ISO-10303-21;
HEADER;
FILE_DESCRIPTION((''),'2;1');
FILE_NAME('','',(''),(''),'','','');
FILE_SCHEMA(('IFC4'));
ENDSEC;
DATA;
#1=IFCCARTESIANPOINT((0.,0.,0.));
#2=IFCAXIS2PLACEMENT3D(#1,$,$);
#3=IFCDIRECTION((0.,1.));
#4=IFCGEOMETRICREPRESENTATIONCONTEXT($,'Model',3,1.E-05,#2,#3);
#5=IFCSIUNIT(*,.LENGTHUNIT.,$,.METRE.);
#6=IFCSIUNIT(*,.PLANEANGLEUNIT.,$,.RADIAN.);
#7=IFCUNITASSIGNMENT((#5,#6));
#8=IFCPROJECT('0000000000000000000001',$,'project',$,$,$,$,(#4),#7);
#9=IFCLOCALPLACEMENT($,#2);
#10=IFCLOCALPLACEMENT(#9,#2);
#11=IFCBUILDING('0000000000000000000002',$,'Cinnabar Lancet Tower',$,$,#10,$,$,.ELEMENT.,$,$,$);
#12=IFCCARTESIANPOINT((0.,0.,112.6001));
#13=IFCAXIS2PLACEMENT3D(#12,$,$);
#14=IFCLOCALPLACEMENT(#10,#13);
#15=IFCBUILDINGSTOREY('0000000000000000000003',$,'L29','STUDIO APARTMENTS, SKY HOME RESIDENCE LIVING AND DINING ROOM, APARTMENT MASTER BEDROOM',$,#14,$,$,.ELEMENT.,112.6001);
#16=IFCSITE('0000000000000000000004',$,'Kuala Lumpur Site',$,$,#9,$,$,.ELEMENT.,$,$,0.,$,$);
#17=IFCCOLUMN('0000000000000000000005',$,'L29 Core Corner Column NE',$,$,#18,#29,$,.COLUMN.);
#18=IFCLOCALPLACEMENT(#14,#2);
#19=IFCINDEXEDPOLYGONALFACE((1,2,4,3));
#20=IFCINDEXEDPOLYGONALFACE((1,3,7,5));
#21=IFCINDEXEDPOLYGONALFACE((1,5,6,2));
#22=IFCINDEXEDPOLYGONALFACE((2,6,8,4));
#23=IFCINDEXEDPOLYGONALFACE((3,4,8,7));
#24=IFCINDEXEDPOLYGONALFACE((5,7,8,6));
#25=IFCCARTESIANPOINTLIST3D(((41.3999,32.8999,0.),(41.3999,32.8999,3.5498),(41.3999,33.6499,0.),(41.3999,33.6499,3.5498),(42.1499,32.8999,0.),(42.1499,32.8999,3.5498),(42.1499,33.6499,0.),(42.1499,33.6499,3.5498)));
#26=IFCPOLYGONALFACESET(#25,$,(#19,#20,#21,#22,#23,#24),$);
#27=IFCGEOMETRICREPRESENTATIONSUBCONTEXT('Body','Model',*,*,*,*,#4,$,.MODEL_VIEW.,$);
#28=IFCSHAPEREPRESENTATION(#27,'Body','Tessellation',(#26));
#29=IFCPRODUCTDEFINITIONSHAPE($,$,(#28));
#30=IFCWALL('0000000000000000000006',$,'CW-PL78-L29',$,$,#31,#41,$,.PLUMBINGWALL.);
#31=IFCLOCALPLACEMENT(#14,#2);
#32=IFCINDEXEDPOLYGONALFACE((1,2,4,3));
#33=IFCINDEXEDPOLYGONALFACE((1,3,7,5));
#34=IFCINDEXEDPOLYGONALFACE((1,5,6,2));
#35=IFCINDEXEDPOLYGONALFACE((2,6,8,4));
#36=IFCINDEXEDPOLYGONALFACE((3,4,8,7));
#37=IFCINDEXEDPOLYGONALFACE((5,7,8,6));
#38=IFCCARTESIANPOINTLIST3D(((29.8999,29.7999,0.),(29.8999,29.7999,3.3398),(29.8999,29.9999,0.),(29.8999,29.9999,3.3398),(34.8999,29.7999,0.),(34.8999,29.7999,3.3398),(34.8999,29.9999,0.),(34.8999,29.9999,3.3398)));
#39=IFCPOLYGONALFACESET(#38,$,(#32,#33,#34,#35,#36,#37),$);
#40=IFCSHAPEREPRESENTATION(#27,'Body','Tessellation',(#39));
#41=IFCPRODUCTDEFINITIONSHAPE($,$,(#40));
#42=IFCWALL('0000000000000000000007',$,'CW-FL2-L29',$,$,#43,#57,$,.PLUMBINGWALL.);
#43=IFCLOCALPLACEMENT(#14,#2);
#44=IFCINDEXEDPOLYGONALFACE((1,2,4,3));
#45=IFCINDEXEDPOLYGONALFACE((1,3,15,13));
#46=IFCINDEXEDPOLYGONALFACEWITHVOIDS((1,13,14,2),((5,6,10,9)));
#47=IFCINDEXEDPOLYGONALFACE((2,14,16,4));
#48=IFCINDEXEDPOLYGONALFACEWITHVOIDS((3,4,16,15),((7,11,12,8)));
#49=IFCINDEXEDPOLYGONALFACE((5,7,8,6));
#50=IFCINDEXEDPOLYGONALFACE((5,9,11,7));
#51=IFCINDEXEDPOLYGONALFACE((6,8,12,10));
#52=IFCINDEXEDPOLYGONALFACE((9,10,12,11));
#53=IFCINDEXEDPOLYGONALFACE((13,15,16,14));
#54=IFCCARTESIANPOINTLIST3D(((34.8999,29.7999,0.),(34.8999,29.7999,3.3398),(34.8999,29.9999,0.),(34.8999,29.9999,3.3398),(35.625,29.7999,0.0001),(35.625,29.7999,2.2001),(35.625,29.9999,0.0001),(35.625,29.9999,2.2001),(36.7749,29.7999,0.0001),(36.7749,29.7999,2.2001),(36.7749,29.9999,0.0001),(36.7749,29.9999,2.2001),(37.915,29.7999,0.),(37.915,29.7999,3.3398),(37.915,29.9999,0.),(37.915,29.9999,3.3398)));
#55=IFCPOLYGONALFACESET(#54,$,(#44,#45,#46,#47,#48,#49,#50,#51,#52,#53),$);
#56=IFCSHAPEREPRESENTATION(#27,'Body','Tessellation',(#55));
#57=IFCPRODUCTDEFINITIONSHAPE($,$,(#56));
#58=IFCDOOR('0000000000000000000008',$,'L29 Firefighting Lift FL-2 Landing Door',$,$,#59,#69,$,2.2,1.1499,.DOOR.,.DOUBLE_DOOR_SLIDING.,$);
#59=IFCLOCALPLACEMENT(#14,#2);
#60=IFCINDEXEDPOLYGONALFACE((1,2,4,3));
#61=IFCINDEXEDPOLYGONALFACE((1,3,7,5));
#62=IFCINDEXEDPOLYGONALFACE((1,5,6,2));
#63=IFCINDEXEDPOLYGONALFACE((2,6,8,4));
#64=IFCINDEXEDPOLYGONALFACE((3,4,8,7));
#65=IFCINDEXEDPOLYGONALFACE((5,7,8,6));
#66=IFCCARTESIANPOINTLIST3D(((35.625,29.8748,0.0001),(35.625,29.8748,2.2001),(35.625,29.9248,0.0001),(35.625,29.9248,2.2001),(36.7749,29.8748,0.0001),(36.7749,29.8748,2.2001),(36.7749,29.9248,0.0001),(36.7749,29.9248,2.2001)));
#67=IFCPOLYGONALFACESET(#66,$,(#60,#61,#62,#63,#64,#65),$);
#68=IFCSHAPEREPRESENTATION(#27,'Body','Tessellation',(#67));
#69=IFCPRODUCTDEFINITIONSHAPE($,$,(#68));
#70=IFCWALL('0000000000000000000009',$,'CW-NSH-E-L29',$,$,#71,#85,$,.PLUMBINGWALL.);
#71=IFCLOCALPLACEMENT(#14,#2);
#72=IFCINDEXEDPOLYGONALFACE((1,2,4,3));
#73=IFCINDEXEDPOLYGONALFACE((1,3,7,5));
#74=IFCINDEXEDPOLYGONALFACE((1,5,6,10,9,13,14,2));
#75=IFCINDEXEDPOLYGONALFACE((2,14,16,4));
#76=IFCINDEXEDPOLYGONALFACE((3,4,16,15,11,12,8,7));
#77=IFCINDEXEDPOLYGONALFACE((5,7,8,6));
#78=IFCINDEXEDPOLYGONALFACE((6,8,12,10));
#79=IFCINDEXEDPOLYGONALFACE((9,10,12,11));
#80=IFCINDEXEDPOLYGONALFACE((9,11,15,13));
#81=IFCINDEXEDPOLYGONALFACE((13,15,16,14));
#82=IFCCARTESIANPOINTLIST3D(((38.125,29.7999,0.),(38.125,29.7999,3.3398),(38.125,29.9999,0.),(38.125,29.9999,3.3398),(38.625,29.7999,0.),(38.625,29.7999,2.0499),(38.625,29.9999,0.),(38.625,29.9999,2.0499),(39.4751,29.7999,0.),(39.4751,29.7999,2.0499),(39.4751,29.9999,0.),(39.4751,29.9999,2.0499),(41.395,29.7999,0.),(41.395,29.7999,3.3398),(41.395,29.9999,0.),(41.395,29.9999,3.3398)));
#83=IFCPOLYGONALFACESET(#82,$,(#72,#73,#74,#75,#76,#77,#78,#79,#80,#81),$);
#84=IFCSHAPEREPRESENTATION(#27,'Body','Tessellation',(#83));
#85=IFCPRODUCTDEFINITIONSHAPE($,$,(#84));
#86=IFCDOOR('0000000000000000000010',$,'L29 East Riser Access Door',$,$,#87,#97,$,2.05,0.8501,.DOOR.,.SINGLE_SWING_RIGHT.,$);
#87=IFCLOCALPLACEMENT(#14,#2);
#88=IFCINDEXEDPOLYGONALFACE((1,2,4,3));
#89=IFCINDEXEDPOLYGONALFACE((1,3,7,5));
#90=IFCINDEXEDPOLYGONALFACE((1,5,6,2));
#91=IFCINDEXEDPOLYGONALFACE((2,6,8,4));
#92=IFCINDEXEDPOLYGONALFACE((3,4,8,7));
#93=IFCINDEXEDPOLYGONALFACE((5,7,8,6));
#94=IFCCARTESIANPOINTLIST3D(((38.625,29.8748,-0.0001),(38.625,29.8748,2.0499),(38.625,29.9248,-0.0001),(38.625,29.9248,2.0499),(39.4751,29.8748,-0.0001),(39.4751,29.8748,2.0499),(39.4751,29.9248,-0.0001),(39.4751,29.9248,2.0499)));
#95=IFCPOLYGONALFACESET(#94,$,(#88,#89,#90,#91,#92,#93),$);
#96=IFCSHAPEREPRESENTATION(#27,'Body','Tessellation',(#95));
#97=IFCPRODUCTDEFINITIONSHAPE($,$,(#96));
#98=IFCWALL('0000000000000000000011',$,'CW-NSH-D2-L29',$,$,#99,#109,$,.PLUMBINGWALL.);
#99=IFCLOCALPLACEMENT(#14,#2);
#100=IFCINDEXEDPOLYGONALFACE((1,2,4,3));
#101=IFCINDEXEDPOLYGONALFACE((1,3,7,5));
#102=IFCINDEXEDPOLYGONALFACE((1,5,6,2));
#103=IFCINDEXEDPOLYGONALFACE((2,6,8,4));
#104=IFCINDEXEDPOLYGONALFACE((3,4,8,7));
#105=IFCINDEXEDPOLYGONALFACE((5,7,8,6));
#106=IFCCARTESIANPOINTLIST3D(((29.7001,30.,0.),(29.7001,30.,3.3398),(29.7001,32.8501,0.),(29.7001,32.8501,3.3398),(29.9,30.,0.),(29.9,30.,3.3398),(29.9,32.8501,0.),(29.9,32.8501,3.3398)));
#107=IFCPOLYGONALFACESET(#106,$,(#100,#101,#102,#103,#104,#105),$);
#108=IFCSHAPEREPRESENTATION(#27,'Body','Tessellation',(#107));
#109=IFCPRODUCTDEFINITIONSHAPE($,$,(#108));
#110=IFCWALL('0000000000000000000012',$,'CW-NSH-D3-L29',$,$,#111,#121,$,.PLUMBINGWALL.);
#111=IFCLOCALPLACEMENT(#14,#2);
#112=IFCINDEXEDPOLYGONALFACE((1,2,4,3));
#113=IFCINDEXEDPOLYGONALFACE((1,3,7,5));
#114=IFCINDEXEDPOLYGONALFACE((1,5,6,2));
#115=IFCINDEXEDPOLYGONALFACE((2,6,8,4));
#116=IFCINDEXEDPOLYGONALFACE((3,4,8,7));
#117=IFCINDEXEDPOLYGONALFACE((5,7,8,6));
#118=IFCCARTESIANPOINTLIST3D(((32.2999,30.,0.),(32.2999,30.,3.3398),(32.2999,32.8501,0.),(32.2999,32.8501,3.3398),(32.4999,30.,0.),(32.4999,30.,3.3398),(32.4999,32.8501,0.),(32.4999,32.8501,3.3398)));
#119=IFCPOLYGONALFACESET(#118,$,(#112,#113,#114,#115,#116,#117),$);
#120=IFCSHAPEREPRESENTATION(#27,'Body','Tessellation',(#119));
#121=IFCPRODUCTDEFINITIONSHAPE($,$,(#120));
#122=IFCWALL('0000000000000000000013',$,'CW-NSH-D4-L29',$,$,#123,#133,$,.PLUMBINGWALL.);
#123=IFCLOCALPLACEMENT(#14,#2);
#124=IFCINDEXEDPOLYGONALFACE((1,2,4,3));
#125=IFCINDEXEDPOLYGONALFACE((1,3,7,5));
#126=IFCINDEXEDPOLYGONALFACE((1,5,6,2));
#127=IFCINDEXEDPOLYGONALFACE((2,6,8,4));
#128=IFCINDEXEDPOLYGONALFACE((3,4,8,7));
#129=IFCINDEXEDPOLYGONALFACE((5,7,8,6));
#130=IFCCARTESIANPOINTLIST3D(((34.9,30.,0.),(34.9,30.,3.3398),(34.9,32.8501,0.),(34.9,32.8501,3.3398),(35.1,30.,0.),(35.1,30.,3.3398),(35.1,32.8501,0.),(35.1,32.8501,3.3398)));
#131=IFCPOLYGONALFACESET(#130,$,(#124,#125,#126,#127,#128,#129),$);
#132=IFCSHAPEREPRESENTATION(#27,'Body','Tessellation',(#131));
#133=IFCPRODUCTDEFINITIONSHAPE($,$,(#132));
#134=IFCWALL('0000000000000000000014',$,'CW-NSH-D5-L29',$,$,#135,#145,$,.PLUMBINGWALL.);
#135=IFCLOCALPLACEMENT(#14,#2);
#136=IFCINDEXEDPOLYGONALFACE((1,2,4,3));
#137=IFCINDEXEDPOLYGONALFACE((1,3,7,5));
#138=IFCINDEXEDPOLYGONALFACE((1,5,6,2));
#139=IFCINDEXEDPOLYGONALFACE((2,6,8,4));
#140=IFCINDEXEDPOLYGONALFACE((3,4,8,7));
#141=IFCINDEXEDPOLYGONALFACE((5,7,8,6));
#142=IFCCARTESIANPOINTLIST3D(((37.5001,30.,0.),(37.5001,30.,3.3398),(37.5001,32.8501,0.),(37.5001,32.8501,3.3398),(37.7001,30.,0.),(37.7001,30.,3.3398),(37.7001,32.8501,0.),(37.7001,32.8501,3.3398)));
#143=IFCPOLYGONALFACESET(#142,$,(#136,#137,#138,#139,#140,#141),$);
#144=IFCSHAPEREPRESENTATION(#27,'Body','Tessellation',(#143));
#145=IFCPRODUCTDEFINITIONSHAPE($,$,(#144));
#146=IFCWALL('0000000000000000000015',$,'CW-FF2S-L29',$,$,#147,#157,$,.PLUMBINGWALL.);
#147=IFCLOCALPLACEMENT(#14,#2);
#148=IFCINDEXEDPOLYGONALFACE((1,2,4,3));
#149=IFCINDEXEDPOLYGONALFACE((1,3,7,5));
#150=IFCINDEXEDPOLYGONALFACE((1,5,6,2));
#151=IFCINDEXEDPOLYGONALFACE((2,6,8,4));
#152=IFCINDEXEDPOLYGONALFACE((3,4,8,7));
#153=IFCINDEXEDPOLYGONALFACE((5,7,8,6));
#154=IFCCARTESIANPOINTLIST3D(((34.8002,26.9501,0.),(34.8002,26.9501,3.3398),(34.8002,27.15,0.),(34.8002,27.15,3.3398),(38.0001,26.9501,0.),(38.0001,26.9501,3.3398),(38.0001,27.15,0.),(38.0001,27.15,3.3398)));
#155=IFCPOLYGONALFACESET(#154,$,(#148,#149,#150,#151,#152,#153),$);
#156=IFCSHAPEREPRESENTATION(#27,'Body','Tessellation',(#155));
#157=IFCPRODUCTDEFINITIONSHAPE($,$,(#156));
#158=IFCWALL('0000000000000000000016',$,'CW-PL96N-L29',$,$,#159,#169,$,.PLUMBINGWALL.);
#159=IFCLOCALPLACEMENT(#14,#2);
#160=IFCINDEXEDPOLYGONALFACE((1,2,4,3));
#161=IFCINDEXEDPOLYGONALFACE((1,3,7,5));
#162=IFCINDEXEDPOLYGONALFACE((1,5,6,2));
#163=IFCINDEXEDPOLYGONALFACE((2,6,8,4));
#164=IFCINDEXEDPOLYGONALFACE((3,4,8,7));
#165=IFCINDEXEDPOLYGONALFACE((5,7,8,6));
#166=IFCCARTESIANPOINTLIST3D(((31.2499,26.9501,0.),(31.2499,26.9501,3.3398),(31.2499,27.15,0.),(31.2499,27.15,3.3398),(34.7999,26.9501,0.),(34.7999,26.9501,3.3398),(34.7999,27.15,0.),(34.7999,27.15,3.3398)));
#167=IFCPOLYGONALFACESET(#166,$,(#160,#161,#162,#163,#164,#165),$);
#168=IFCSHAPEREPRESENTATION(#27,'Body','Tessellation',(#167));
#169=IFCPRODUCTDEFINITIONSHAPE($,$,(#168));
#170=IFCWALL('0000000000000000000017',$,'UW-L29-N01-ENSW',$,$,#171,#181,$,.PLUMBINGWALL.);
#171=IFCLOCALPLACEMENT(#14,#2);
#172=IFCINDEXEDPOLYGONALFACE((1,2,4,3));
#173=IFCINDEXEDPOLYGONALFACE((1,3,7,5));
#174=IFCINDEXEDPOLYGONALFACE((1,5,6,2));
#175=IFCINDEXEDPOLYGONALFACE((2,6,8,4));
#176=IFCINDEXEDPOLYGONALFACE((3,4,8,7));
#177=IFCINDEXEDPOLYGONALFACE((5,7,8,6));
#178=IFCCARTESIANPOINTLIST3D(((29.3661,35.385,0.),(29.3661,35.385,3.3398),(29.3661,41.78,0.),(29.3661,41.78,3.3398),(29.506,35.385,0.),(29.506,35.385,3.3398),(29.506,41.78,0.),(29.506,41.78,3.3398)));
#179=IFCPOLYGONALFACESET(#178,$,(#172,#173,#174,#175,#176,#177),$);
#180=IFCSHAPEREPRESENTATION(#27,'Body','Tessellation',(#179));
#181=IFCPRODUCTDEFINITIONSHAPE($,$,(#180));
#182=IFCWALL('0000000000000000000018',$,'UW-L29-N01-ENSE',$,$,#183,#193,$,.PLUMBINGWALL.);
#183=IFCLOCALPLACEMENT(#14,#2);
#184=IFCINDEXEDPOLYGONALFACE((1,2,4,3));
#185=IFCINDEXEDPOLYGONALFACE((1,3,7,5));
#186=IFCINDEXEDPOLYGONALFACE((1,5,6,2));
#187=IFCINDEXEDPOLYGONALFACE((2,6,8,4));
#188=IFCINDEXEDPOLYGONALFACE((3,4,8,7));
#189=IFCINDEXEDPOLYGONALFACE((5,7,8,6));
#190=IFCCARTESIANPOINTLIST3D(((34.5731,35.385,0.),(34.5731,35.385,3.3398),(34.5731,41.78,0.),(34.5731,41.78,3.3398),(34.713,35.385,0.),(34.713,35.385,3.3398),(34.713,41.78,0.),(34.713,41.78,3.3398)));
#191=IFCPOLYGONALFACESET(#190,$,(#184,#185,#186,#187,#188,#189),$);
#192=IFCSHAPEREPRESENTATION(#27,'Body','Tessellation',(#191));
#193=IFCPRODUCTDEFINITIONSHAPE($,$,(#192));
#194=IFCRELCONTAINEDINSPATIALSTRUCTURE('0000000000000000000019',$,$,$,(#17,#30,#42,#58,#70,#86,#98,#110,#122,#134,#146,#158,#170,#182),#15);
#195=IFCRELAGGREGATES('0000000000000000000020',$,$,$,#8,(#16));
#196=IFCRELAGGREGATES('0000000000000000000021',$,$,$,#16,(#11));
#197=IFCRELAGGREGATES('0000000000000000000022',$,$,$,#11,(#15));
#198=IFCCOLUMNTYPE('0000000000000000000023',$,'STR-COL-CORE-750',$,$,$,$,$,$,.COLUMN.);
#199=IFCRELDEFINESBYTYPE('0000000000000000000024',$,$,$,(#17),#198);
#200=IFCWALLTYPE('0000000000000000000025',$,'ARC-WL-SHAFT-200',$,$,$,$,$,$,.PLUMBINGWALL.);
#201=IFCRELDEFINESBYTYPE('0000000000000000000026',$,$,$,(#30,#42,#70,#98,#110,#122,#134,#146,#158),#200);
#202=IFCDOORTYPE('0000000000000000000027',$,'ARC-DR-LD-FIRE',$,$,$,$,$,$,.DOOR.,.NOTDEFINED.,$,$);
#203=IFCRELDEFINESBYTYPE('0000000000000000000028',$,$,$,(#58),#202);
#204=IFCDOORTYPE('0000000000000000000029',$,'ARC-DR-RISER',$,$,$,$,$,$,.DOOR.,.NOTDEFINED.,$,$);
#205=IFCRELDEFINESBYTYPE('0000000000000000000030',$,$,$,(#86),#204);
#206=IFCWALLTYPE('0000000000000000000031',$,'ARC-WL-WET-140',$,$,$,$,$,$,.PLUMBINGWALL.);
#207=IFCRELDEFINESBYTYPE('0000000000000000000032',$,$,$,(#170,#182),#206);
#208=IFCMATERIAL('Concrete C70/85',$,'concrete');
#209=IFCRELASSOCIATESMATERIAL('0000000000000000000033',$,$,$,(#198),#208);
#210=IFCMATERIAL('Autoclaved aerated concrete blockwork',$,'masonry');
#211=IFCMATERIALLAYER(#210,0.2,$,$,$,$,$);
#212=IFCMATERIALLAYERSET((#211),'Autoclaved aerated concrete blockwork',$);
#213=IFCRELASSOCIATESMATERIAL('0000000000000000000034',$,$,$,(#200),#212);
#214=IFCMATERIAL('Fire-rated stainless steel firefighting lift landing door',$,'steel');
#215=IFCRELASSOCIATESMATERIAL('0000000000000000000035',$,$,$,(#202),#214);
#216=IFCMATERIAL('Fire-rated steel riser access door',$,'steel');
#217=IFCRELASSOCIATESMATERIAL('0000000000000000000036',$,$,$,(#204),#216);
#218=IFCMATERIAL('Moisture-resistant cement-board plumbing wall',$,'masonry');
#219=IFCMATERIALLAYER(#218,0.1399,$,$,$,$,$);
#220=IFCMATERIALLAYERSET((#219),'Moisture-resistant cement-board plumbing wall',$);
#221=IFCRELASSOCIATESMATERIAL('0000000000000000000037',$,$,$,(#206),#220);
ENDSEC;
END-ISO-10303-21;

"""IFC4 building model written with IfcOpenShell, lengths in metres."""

from ifc_helpers import new_model, si_unit, direction, frame, frame_2d, origin, origin_2d, place, context, subcontext, project, spatial, rectangle, extrude, material, layer, layer_set, material_profile, profile_set, type_object, element, fill, save


model = new_model("IFC4")

# Units and contexts
model_context = context("Model", 3, precision=1e-05, world=origin(), true_north=direction((0.0, 1.0)))
body_context = subcontext(model_context, "Body", "Model", "MODEL_VIEW")
ifc_project = project(units=[si_unit("LENGTHUNIT", "METRE"), si_unit("PLANEANGLEUNIT", "RADIAN")], contexts=[model_context])

# Site, building, storey
site_placement = place(None, origin())
site = spatial("IfcSite", under=ifc_project, at=site_placement, Name="Kuala Lumpur Site", CompositionType="ELEMENT", RefElevation=0.0)
building_placement = place(site_placement, origin())
building = spatial("IfcBuilding", under=site, at=building_placement, Name="Cinnabar Lancet Tower", CompositionType="ELEMENT")
storey_placement = place(building_placement, frame((0.0, 0.0, 112.6001)))
storey = spatial("IfcBuildingStorey", under=building, at=storey_placement, Name="L29", Description="STUDIO APARTMENTS, SKY HOME RESIDENCE LIVING AND DINING ROOM, APARTMENT MASTER BEDROOM", CompositionType="ELEMENT", Elevation=112.6001)

# Column
ifc_material_1 = material(Name="Concrete C70/85", Category="concrete")
ifc_material_profile = material_profile(ifc_material_1, rectangle(XDim=0.75, YDim=0.75, at=origin_2d()), Name="RC-COL 750x750")
ifc_profile_set = profile_set([ifc_material_profile], Name="Concrete C70/85")
column_type = type_object("IfcColumnType", Name="STR-COL-CORE-750", PredefinedType="COLUMN", material=ifc_profile_set)
column_placement = place(storey_placement, frame((41.7749, 33.2749, 0.0), z_axis=(0.0, 0.0, 1.0), x_axis=(1.0, 0.0, 0.0)))
element("IfcColumn", 1, at=column_placement, inside=storey, type_object=column_type, Name="L29 Core Corner Column NE", PredefinedType="COLUMN", context=body_context, shape_type="SweptSolid", body=[
    extrude(rectangle(XDim=0.75, YDim=0.75, at=origin_2d()), origin(), (0.0, 0.0, 1.0), 3.5498),
])

# Wall
ifc_material_2 = material(Name="Autoclaved aerated concrete blockwork", Category="masonry")
ifc_layer_1 = layer(ifc_material_2, 0.2)
ifc_layer_set_1 = layer_set([ifc_layer_1], Name="Autoclaved aerated concrete blockwork")
wall_type_1 = type_object("IfcWallType", Name="ARC-WL-SHAFT-200", PredefinedType="PLUMBINGWALL", material=ifc_layer_set_1)
wall_1_placement = place(storey_placement, frame((29.8999, 29.8999, 0.0), z_axis=(0.0, 0.0, 1.0), x_axis=(1.0, 0.0, 0.0)))
element("IfcWall", 2, at=wall_1_placement, inside=storey, type_object=wall_type_1, Name="CW-PL78-L29", PredefinedType="PLUMBINGWALL", context=body_context, shape_type="SweptSolid", body=[
    extrude(rectangle(XDim=5.0, YDim=0.2, at=frame_2d((2.5, 0.0))), origin(), (0.0, 0.0, 1.0), 3.3398),
])

# Walls, openings, doors
wall_2_placement = place(storey_placement, frame((34.8999, 29.8999, 0.0), z_axis=(0.0, 0.0, 1.0), x_axis=(1.0, 0.0, 0.0)))
wall_2 = element("IfcWall", 3, at=wall_2_placement, inside=storey, type_object=wall_type_1, Name="CW-FL2-L29", PredefinedType="PLUMBINGWALL", context=body_context, shape_type="SweptSolid", body=[
    extrude(rectangle(XDim=3.0151, YDim=0.2, at=frame_2d((1.5076, 0.0))), origin(), (0.0, 0.0, 1.0), 3.3398),
])
opening_1_placement = place(wall_2_placement, frame((0.7251, 0.0, 0.0)))
opening_1 = element("IfcOpeningElement", 4, at=opening_1_placement, cuts=wall_2, PredefinedType="OPENING", context=body_context, shape_type="SweptSolid", body=[
    extrude(rectangle(XDim=1.1499, YDim=2.2, at=frame_2d((0.575, 1.1001))), frame((0.0, 0.1099, 0.0), z_axis=(0.0, -1.0, 0.0), x_axis=(1.0, 0.0, 0.0)), (0.0, 0.0, 1.0), 0.22),
])
ifc_material_3 = material(Name="Fire-rated stainless steel firefighting lift landing door", Category="steel")
door_type_1 = type_object("IfcDoorType", Name="ARC-DR-LD-FIRE", OperationType="NOTDEFINED", PredefinedType="DOOR", material=ifc_material_3)
door_1_placement = place(opening_1_placement, origin())
door_1 = element("IfcDoor", 5, at=door_1_placement, inside=storey, type_object=door_type_1, Name="L29 Firefighting Lift FL-2 Landing Door", OperationType="DOUBLE_DOOR_SLIDING", OverallHeight=2.2, OverallWidth=1.1499, PredefinedType="DOOR", context=body_context, shape_type="SweptSolid", body=[
    extrude(rectangle(XDim=1.1499, YDim=2.2, at=frame_2d((0.575, 1.1001))), frame((0.0, 0.0249, 0.0), z_axis=(0.0, -1.0, 0.0), x_axis=(1.0, 0.0, 0.0)), (0.0, 0.0, 1.0), 0.05),
])
fill(opening_1, door_1)
wall_3_placement = place(storey_placement, frame((38.125, 29.8999, 0.0), z_axis=(0.0, 0.0, 1.0), x_axis=(1.0, 0.0, 0.0)))
wall_3 = element("IfcWall", 6, at=wall_3_placement, inside=storey, type_object=wall_type_1, Name="CW-NSH-E-L29", PredefinedType="PLUMBINGWALL", context=body_context, shape_type="SweptSolid", body=[
    extrude(rectangle(XDim=3.27, YDim=0.2, at=frame_2d((1.635, 0.0))), origin(), (0.0, 0.0, 1.0), 3.3398),
])
opening_2_placement = place(wall_3_placement, frame((0.5, 0.0, 0.0)))
opening_2 = element("IfcOpeningElement", 7, at=opening_2_placement, cuts=wall_3, PredefinedType="OPENING", context=body_context, shape_type="SweptSolid", body=[
    extrude(rectangle(XDim=0.8501, YDim=2.05, at=frame_2d((0.425, 1.0249))), frame((0.0, 0.1099, 0.0), z_axis=(0.0, -1.0, 0.0), x_axis=(1.0, 0.0, 0.0)), (0.0, 0.0, 1.0), 0.22),
])
ifc_material_4 = material(Name="Fire-rated steel riser access door", Category="steel")
door_type_2 = type_object("IfcDoorType", Name="ARC-DR-RISER", OperationType="NOTDEFINED", PredefinedType="DOOR", material=ifc_material_4)
door_2_placement = place(opening_2_placement, origin())
door_2 = element("IfcDoor", 8, at=door_2_placement, inside=storey, type_object=door_type_2, Name="L29 East Riser Access Door", OperationType="SINGLE_SWING_RIGHT", OverallHeight=2.05, OverallWidth=0.8501, PredefinedType="DOOR", context=body_context, shape_type="SweptSolid", body=[
    extrude(rectangle(XDim=0.8501, YDim=2.05, at=frame_2d((0.425, 1.0249))), frame((0.0, 0.0249, 0.0), z_axis=(0.0, -1.0, 0.0), x_axis=(1.0, 0.0, 0.0)), (0.0, 0.0, 1.0), 0.05),
])
fill(opening_2, door_2)

# Walls
for number, where, z_axis, x_axis, name in (
    (9, (29.8, 30.0, 0.0), (0.0, 0.0, 1.0), (0.0, 1.0, 0.0), "CW-NSH-D2-L29"),
    (10, (32.3999, 30.0, 0.0), (0.0, 0.0, 1.0), (0.0, 1.0, 0.0), "CW-NSH-D3-L29"),
    (11, (35.0, 30.0, 0.0), (0.0, 0.0, 1.0), (0.0, 1.0, 0.0), "CW-NSH-D4-L29"),
    (12, (37.6001, 30.0, 0.0), (0.0, 0.0, 1.0), (0.0, 1.0, 0.0), "CW-NSH-D5-L29"),
):
    element("IfcWall", number, at=place(storey_placement, frame(where, z_axis=z_axis, x_axis=x_axis)), inside=storey, type_object=wall_type_1, Name=name, PredefinedType="PLUMBINGWALL", context=body_context, shape_type="SweptSolid", body=[
        extrude(rectangle(XDim=2.8501, YDim=0.2, at=frame_2d((1.425, 0.0))), origin(), (0.0, 0.0, 1.0), 3.3398),
    ])

# Walls
wall_4_placement = place(storey_placement, frame((34.8, 27.05, 0.0), z_axis=(0.0, 0.0, 1.0), x_axis=(1.0, 0.0, 0.0)))
element("IfcWall", 13, at=wall_4_placement, inside=storey, type_object=wall_type_1, Name="CW-FF2S-L29", PredefinedType="PLUMBINGWALL", context=body_context, shape_type="SweptSolid", body=[
    extrude(rectangle(XDim=3.2, YDim=0.2, at=frame_2d((1.6001, 0.0))), origin(), (0.0, 0.0, 1.0), 3.3398),
])
wall_5_placement = place(storey_placement, frame((31.25, 27.05, 0.0), z_axis=(0.0, 0.0, 1.0), x_axis=(1.0, 0.0, 0.0)))
element("IfcWall", 14, at=wall_5_placement, inside=storey, type_object=wall_type_1, Name="CW-PL96N-L29", PredefinedType="PLUMBINGWALL", context=body_context, shape_type="SweptSolid", body=[
    extrude(rectangle(XDim=3.55, YDim=0.2, at=frame_2d((1.7749, 0.0))), origin(), (0.0, 0.0, 1.0), 3.3398),
])
ifc_material_5 = material(Name="Moisture-resistant cement-board plumbing wall", Category="masonry")
ifc_layer_2 = layer(ifc_material_5, 0.1399)
ifc_layer_set_2 = layer_set([ifc_layer_2], Name="Moisture-resistant cement-board plumbing wall")
wall_type_2 = type_object("IfcWallType", Name="ARC-WL-WET-140", PredefinedType="PLUMBINGWALL", material=ifc_layer_set_2)
for number, where, z_axis, x_axis, name in (
    (15, (29.436, 35.385, 0.0), (0.0, 0.0, 1.0), (0.0, 1.0, 0.0), "UW-L29-N01-ENSW"),
    (16, (34.6431, 35.385, 0.0), (0.0, 0.0, 1.0), (0.0, 1.0, 0.0), "UW-L29-N01-ENSE"),
):
    element("IfcWall", number, at=place(storey_placement, frame(where, z_axis=z_axis, x_axis=x_axis)), inside=storey, type_object=wall_type_2, Name=name, PredefinedType="PLUMBINGWALL", context=body_context, shape_type="SweptSolid", body=[
        extrude(rectangle(XDim=6.395, YDim=0.1399, at=frame_2d((3.1975, 0.0))), origin(), (0.0, 0.0, 1.0), 3.3398),
    ])

save(model, "model.ifc")
